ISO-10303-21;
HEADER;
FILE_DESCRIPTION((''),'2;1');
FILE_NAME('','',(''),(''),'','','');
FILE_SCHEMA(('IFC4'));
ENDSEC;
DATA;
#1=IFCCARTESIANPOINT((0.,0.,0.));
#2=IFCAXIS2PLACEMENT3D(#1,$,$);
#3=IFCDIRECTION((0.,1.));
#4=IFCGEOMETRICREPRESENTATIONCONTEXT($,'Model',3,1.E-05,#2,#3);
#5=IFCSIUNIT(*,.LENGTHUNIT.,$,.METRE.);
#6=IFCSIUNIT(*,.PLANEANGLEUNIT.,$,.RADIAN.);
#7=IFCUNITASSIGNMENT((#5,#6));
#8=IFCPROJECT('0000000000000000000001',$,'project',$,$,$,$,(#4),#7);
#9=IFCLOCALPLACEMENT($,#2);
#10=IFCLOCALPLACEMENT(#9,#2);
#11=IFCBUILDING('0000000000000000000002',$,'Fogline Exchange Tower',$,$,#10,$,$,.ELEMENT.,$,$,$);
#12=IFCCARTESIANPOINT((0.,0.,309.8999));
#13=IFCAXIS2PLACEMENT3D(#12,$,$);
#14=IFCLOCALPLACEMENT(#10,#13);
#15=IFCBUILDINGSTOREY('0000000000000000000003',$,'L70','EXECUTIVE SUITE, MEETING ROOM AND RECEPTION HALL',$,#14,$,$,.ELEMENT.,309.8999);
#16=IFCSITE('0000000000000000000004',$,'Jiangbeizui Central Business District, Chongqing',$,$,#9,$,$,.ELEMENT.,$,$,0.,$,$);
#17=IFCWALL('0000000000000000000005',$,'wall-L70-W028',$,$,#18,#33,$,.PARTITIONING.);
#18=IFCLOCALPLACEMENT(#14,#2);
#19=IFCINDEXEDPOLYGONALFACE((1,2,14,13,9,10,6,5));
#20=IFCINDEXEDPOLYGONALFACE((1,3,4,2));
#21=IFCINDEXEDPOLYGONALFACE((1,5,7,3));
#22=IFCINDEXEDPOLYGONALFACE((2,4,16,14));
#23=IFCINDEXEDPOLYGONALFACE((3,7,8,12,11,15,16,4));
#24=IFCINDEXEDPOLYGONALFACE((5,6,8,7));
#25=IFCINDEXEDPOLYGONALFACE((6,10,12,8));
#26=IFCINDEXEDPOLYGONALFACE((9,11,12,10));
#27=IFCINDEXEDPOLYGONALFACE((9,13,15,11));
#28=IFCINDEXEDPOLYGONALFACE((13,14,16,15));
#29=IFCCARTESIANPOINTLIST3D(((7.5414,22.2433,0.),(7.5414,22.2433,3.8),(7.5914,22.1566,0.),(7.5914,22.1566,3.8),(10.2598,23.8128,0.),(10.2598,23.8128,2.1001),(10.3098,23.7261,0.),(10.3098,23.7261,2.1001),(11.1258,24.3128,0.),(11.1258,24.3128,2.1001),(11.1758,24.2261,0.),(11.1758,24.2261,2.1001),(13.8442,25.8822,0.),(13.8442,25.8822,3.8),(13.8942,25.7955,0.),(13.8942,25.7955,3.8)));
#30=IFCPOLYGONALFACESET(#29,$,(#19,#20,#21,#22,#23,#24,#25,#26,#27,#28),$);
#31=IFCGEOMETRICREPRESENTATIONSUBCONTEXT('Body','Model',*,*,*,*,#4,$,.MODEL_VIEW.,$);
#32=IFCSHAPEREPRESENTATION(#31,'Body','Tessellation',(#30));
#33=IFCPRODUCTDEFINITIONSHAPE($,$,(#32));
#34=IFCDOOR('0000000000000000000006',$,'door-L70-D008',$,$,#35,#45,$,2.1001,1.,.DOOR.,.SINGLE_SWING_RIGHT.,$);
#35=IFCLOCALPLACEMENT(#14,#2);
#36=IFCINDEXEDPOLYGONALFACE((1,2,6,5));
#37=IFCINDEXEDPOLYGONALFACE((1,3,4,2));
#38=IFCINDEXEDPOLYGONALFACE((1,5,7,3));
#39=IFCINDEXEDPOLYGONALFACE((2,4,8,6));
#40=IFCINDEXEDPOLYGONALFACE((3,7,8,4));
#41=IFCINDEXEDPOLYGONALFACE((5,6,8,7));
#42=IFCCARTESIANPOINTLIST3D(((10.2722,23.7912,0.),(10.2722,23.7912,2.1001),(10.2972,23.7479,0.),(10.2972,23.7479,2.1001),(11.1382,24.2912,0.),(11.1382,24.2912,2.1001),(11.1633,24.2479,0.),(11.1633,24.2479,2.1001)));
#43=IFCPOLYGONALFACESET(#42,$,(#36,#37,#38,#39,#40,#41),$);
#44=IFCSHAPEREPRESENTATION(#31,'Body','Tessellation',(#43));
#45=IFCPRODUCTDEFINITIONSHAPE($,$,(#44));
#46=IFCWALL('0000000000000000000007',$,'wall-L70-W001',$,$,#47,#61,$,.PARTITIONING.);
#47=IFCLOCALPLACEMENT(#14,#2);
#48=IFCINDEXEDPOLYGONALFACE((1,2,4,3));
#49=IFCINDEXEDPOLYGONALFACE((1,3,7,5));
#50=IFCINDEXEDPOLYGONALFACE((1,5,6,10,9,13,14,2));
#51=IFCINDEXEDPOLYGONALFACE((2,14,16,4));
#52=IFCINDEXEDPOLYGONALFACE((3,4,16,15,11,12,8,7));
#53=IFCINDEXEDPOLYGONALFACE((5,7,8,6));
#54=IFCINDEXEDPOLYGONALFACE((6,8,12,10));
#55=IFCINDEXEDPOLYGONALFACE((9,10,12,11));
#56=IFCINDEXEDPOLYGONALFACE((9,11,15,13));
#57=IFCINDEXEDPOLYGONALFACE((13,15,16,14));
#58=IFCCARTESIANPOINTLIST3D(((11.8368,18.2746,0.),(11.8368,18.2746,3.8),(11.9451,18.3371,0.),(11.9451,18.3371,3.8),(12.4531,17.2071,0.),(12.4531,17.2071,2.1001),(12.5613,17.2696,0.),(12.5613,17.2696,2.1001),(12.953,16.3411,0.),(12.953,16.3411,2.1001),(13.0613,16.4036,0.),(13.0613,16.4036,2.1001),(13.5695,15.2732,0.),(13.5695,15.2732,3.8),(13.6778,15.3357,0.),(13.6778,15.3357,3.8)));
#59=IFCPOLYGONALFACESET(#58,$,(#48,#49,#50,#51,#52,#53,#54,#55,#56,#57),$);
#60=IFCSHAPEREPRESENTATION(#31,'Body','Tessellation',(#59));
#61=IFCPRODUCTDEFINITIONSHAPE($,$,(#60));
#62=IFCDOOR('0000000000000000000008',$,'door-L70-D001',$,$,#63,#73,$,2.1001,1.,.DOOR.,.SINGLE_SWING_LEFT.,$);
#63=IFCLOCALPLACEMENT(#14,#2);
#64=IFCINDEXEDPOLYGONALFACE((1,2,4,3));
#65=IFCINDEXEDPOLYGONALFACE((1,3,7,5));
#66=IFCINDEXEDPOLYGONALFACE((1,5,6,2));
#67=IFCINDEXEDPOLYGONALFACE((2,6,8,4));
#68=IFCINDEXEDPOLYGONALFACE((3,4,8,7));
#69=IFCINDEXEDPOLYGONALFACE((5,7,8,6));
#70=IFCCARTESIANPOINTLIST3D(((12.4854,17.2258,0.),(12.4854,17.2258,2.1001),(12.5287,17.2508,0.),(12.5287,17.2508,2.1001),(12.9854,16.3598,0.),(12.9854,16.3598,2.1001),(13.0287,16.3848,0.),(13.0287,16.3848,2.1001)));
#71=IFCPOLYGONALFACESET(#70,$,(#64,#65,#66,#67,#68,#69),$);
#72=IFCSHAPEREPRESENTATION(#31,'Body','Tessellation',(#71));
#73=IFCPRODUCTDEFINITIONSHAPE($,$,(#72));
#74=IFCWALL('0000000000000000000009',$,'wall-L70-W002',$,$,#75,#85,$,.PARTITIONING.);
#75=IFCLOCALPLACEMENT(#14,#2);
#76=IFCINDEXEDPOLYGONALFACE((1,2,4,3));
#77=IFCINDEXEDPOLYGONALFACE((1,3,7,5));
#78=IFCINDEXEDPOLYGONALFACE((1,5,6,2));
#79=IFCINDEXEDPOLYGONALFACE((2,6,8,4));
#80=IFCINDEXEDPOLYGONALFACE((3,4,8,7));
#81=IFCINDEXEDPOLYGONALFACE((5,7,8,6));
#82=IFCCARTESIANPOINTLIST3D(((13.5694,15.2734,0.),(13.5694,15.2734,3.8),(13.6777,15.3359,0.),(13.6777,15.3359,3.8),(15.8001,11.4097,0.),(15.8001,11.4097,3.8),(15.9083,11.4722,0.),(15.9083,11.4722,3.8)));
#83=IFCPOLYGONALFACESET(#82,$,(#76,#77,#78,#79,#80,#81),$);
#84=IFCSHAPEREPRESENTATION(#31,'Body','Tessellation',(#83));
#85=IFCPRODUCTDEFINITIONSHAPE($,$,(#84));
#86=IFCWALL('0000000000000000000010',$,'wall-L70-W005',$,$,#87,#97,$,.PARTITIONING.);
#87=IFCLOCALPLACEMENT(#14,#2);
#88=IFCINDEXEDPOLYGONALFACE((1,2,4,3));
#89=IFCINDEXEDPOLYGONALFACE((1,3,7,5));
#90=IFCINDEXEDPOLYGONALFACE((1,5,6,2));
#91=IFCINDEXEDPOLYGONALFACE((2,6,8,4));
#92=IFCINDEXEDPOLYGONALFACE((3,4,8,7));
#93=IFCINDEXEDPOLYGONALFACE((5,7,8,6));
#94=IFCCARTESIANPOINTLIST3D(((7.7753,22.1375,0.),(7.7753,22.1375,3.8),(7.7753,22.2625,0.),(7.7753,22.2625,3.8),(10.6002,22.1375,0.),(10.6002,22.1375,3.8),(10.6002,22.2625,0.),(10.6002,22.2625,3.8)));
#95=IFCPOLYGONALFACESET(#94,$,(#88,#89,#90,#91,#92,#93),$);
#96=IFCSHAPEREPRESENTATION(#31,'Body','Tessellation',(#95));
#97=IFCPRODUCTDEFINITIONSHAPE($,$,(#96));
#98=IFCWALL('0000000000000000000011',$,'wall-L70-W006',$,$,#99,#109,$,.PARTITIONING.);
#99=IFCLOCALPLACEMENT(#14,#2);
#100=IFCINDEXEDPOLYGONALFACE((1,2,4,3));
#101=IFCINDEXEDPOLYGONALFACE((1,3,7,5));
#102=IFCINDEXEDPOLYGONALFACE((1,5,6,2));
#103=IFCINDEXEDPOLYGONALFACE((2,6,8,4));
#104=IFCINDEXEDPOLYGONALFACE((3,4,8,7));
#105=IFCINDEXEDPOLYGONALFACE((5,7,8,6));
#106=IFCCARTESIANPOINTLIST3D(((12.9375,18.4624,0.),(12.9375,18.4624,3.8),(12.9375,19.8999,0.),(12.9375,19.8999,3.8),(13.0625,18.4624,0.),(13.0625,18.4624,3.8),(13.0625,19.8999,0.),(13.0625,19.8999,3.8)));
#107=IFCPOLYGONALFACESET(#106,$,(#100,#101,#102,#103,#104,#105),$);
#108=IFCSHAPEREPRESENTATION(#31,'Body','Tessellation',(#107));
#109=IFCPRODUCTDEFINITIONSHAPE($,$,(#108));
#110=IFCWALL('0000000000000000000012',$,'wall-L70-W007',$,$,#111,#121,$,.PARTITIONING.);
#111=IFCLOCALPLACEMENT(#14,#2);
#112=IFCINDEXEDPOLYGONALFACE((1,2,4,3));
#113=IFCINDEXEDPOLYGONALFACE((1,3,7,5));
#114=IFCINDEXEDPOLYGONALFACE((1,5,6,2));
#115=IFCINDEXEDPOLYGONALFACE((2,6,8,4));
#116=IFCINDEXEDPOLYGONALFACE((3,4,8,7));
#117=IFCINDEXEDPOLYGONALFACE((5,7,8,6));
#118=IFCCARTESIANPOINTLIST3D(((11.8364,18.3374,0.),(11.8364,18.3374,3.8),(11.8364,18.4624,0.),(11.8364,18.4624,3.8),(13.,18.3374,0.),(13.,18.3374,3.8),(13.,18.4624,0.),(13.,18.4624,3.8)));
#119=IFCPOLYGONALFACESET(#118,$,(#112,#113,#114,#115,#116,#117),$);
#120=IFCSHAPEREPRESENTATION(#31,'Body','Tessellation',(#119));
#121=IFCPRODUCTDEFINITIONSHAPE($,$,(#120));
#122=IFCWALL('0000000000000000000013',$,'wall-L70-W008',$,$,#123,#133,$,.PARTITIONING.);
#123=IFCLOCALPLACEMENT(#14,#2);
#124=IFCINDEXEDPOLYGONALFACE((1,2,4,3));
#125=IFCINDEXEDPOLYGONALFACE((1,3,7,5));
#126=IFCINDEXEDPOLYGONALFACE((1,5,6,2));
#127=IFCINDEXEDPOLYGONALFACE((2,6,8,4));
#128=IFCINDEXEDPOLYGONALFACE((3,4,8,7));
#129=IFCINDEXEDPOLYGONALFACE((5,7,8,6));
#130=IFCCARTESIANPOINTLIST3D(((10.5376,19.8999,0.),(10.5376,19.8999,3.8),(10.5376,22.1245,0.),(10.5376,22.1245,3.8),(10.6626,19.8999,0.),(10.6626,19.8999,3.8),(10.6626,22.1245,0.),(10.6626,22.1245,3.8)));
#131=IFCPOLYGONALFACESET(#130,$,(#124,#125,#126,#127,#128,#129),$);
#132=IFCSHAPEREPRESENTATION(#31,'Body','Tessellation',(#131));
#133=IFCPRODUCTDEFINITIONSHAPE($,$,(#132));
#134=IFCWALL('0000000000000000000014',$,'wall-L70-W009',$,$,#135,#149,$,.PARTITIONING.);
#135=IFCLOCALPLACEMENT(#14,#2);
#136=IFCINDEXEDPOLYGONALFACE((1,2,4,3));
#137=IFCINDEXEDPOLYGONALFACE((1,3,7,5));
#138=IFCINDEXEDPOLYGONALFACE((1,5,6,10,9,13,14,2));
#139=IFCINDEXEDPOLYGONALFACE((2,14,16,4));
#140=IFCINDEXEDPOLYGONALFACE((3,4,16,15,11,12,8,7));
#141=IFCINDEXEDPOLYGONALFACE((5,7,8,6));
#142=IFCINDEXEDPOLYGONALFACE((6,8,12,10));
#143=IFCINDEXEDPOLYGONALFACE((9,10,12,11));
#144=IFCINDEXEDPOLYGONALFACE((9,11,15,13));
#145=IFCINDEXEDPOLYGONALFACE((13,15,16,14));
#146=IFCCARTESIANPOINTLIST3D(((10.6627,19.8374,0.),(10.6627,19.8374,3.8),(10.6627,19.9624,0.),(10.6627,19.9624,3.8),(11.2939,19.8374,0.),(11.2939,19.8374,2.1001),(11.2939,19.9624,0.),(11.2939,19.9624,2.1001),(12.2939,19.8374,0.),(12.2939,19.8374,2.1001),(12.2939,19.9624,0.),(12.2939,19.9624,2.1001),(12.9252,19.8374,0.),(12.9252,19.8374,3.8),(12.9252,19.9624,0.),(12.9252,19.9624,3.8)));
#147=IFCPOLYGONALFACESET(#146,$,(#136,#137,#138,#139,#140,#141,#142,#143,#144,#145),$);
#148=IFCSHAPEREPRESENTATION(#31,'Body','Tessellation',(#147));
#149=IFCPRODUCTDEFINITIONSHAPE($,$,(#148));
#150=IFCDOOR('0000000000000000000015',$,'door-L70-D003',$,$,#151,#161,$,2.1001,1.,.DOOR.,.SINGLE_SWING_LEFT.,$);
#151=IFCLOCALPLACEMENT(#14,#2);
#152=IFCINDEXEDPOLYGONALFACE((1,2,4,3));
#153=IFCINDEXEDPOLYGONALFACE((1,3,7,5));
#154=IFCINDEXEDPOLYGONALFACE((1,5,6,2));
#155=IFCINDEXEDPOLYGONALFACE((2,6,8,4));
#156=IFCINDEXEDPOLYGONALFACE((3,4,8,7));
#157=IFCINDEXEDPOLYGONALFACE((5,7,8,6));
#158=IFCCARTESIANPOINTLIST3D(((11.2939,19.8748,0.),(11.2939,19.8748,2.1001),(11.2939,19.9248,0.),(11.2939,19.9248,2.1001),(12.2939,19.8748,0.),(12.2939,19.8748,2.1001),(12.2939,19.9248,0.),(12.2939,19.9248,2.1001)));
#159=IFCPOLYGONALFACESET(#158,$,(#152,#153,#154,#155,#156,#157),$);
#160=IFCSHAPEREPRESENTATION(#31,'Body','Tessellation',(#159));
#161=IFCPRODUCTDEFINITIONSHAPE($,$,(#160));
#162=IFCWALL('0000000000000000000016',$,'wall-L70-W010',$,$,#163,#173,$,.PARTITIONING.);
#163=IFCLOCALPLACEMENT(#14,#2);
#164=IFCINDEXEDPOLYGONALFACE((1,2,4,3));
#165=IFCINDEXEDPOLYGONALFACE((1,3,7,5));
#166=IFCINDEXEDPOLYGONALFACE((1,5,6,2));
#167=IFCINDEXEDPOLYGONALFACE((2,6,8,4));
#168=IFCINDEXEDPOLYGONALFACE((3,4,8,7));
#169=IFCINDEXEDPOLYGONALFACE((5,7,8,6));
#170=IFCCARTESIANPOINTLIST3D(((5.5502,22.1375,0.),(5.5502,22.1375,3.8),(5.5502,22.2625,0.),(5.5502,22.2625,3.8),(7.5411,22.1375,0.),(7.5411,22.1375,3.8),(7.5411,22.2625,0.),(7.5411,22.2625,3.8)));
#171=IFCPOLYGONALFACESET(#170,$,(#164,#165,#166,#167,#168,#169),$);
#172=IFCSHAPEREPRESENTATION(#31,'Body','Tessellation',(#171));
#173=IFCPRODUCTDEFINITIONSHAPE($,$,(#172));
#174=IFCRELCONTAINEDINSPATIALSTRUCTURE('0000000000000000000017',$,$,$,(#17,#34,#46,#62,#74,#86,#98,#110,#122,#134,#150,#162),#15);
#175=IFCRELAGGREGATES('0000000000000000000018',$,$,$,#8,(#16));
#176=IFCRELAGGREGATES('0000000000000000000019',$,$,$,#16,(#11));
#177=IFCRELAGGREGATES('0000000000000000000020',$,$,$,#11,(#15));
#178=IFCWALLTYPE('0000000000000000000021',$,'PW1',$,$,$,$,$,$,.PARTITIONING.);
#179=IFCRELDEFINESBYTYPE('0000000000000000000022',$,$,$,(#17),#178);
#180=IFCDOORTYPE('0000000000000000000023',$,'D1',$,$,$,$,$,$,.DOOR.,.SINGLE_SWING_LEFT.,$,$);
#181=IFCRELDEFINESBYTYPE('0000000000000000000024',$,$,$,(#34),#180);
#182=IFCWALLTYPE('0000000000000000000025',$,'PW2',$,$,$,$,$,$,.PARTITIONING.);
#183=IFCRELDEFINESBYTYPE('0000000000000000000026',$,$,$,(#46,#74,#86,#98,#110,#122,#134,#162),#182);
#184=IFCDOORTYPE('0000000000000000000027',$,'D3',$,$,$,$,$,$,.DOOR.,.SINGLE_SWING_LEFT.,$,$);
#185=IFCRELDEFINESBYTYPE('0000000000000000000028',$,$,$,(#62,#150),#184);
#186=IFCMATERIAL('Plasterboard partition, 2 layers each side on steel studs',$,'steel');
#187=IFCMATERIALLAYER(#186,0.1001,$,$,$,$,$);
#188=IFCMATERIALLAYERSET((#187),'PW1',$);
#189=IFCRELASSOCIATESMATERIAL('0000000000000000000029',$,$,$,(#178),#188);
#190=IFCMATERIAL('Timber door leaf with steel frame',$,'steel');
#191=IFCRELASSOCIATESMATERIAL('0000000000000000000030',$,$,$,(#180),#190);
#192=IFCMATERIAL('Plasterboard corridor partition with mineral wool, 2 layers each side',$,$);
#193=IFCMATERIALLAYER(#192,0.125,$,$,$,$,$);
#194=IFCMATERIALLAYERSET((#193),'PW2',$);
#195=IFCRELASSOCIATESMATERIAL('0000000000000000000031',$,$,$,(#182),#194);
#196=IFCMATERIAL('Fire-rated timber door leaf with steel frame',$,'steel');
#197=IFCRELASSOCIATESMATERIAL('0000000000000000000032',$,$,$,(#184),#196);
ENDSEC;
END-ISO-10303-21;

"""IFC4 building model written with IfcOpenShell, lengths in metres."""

from ifc_helpers import new_model, si_unit, direction, frame, frame_2d, origin, place, context, subcontext, project, spatial, rectangle, extrude, material, layer, layer_set, type_object, element, fill, save


model = new_model("IFC4")

# Units and contexts
model_context = context("Model", 3, precision=1e-05, world=origin(), true_north=direction((0.0, 1.0)))
body_context = subcontext(model_context, "Body", "Model", "MODEL_VIEW")
ifc_project = project(units=[si_unit("LENGTHUNIT", "METRE"), si_unit("PLANEANGLEUNIT", "RADIAN")], contexts=[model_context])

# Site, building, storey
site_placement = place(None, origin())
site = spatial("IfcSite", under=ifc_project, at=site_placement, Name="Jiangbeizui Central Business District, Chongqing", CompositionType="ELEMENT", RefElevation=0.0)
building_placement = place(site_placement, origin())
building = spatial("IfcBuilding", under=site, at=building_placement, Name="Fogline Exchange Tower", CompositionType="ELEMENT")
storey_placement = place(building_placement, frame((0.0, 0.0, 309.8999)))
storey = spatial("IfcBuildingStorey", under=building, at=storey_placement, Name="L70", Description="EXECUTIVE SUITE, MEETING ROOM AND RECEPTION HALL", CompositionType="ELEMENT", Elevation=309.8999)

# Walls, openings, doors
ifc_material_1 = material(Name="Plasterboard partition, 2 layers each side on steel studs", Category="steel")
ifc_layer_1 = layer(ifc_material_1, 0.1001)
ifc_layer_set_1 = layer_set([ifc_layer_1], Name="PW1")
wall_type_1 = type_object("IfcWallType", Name="PW1", PredefinedType="PARTITIONING", material=ifc_layer_set_1)
wall_1_placement = place(storey_placement, frame((7.5664, 22.2, 0.0), z_axis=(0.0, 0.0, 1.0), x_axis=(0.866024, 0.500003, 0.0)))
wall_1 = element("IfcWall", 1, at=wall_1_placement, inside=storey, type_object=wall_type_1, Name="wall-L70-W028", PredefinedType="PARTITIONING", context=body_context, shape_type="SweptSolid", body=[
    extrude(rectangle(XDim=7.2778, YDim=0.1001, at=frame_2d((3.6389, 0.0))), origin(), (0.0, 0.0, 1.0), 3.8),
])
opening_1_placement = place(wall_1_placement, frame((3.1389, 0.0, 0.0)))
opening_1 = element("IfcOpeningElement", 2, at=opening_1_placement, cuts=wall_1, PredefinedType="OPENING", context=body_context, shape_type="SweptSolid", body=[
    extrude(rectangle(XDim=1.0, YDim=2.1001, at=frame_2d((0.5, 1.05))), frame((0.0, 0.0601, 0.0), z_axis=(0.0, -1.0, 0.0), x_axis=(1.0, 0.0, 0.0)), (0.0, 0.0, 1.0), 0.1201),
])
ifc_material_2 = material(Name="Timber door leaf with steel frame", Category="steel")
door_type_1 = type_object("IfcDoorType", Name="D1", OperationType="SINGLE_SWING_LEFT", PredefinedType="DOOR", material=ifc_material_2)
door_1_placement = place(opening_1_placement, frame((1.0, 0.0, 0.0), z_axis=(0.0, 0.0, 1.0), x_axis=(-1.0, 0.0, 0.0)))
door_1 = element("IfcDoor", 3, at=door_1_placement, inside=storey, type_object=door_type_1, Name="door-L70-D008", OperationType="SINGLE_SWING_RIGHT", OverallHeight=2.1001, OverallWidth=1.0, PredefinedType="DOOR", context=body_context, shape_type="SweptSolid", body=[
    extrude(rectangle(XDim=1.0, YDim=2.1001, at=frame_2d((0.5, 1.05))), frame((0.0, 0.0249, 0.0), z_axis=(0.0, -1.0, 0.0), x_axis=(1.0, 0.0, 0.0)), (0.0, 0.0, 1.0), 0.05),
])
fill(opening_1, door_1)
ifc_material_3 = material(Name="Plasterboard corridor partition with mineral wool, 2 layers each side")
ifc_layer_2 = layer(ifc_material_3, 0.125)
ifc_layer_set_2 = layer_set([ifc_layer_2], Name="PW2")
wall_type_2 = type_object("IfcWallType", Name="PW2", PredefinedType="PARTITIONING", material=ifc_layer_set_2)
wall_2_placement = place(storey_placement, frame((11.8909, 18.3059, 0.0), z_axis=(0.0, 0.0, 1.0), x_axis=(0.499981, -0.866037, 0.0)))
wall_2 = element("IfcWall", 4, at=wall_2_placement, inside=storey, type_object=wall_type_2, Name="wall-L70-W001", PredefinedType="PARTITIONING", context=body_context, shape_type="SweptSolid", body=[
    extrude(rectangle(XDim=3.4656, YDim=0.125, at=frame_2d((1.7329, 0.0))), origin(), (0.0, 0.0, 1.0), 3.8),
])
opening_2_placement = place(wall_2_placement, frame((1.2327, 0.0, 0.0)))
opening_2 = element("IfcOpeningElement", 5, at=opening_2_placement, cuts=wall_2, PredefinedType="OPENING", context=body_context, shape_type="SweptSolid", body=[
    extrude(rectangle(XDim=1.0, YDim=2.1001, at=frame_2d((0.5, 1.05))), frame((0.0, 0.0725, 0.0), z_axis=(0.0, -1.0, 0.0), x_axis=(1.0, 0.0, 0.0)), (0.0, 0.0, 1.0), 0.145),
])
ifc_material_4 = material(Name="Fire-rated timber door leaf with steel frame", Category="steel")
door_type_2 = type_object("IfcDoorType", Name="D3", OperationType="SINGLE_SWING_LEFT", PredefinedType="DOOR", material=ifc_material_4)
door_2_placement = place(opening_2_placement, origin())
door_2 = element("IfcDoor", 6, at=door_2_placement, inside=storey, type_object=door_type_2, Name="door-L70-D001", OperationType="SINGLE_SWING_LEFT", OverallHeight=2.1001, OverallWidth=1.0, PredefinedType="DOOR", context=body_context, shape_type="SweptSolid", body=[
    extrude(rectangle(XDim=1.0, YDim=2.1001, at=frame_2d((0.5, 1.05))), frame((0.0, 0.0249, 0.0), z_axis=(0.0, -1.0, 0.0), x_axis=(1.0, 0.0, 0.0)), (0.0, 0.0, 1.0), 0.05),
])
fill(opening_2, door_2)

# Walls
wall_3_placement = place(storey_placement, frame((13.6235, 15.3047, 0.0), z_axis=(0.0, 0.0, 1.0), x_axis=(0.499994, -0.866029, 0.0)))
element("IfcWall", 7, at=wall_3_placement, inside=storey, type_object=wall_type_2, Name="wall-L70-W002", PredefinedType="PARTITIONING", context=body_context, shape_type="SweptSolid", body=[
    extrude(rectangle(XDim=4.4614, YDim=0.125, at=frame_2d((2.2307, 0.0))), origin(), (0.0, 0.0, 1.0), 3.8),
])
wall_4_placement = place(storey_placement, frame((7.7751, 22.2, 0.0), z_axis=(0.0, 0.0, 1.0), x_axis=(1.0, 0.0, 0.0)))
element("IfcWall", 8, at=wall_4_placement, inside=storey, type_object=wall_type_2, Name="wall-L70-W005", PredefinedType="PARTITIONING", context=body_context, shape_type="SweptSolid", body=[
    extrude(rectangle(XDim=2.825, YDim=0.125, at=frame_2d((1.4126, 0.0))), origin(), (0.0, 0.0, 1.0), 3.8),
])
wall_5_placement = place(storey_placement, frame((13.0, 19.8999, 0.0), z_axis=(0.0, 0.0, 1.0), x_axis=(0.0, -1.0, 0.0)))
element("IfcWall", 9, at=wall_5_placement, inside=storey, type_object=wall_type_2, Name="wall-L70-W006", PredefinedType="PARTITIONING", context=body_context, shape_type="SweptSolid", body=[
    extrude(rectangle(XDim=1.4375, YDim=0.125, at=frame_2d((0.7188, 0.0))), origin(), (0.0, 0.0, 1.0), 3.8),
])
wall_6_placement = place(storey_placement, frame((13.0, 18.3999, 0.0), z_axis=(0.0, 0.0, 1.0), x_axis=(-1.0, 0.0, 0.0)))
element("IfcWall", 10, at=wall_6_placement, inside=storey, type_object=wall_type_2, Name="wall-L70-W007", PredefinedType="PARTITIONING", context=body_context, shape_type="SweptSolid", body=[
    extrude(rectangle(XDim=1.1636, YDim=0.125, at=frame_2d((0.5818, 0.0))), origin(), (0.0, 0.0, 1.0), 3.8),
])
wall_7_placement = place(storey_placement, frame((10.6001, 22.1245, 0.0), z_axis=(0.0, 0.0, 1.0), x_axis=(0.0, -1.0, 0.0)))
element("IfcWall", 11, at=wall_7_placement, inside=storey, type_object=wall_type_2, Name="wall-L70-W008", PredefinedType="PARTITIONING", context=body_context, shape_type="SweptSolid", body=[
    extrude(rectangle(XDim=2.2246, YDim=0.125, at=frame_2d((1.1123, 0.0))), origin(), (0.0, 0.0, 1.0), 3.8),
])

# Wall, opening, door
wall_8_placement = place(storey_placement, frame((10.6626, 19.8999, 0.0), z_axis=(0.0, 0.0, 1.0), x_axis=(1.0, 0.0, 0.0)))
wall_8 = element("IfcWall", 12, at=wall_8_placement, inside=storey, type_object=wall_type_2, Name="wall-L70-W009", PredefinedType="PARTITIONING", context=body_context, shape_type="SweptSolid", body=[
    extrude(rectangle(XDim=2.2625, YDim=0.125, at=frame_2d((1.1313, 0.0))), origin(), (0.0, 0.0, 1.0), 3.8),
])
opening_3_placement = place(wall_8_placement, frame((0.6313, 0.0, 0.0)))
opening_3 = element("IfcOpeningElement", 13, at=opening_3_placement, cuts=wall_8, PredefinedType="OPENING", context=body_context, shape_type="SweptSolid", body=[
    extrude(rectangle(XDim=1.0, YDim=2.1001, at=frame_2d((0.5, 1.05))), frame((0.0, 0.0725, 0.0), z_axis=(0.0, -1.0, 0.0), x_axis=(1.0, 0.0, 0.0)), (0.0, 0.0, 1.0), 0.145),
])
door_3_placement = place(opening_3_placement, origin())
door_3 = element("IfcDoor", 14, at=door_3_placement, inside=storey, type_object=door_type_2, Name="door-L70-D003", OperationType="SINGLE_SWING_LEFT", OverallHeight=2.1001, OverallWidth=1.0, PredefinedType="DOOR", context=body_context, shape_type="SweptSolid", body=[
    extrude(rectangle(XDim=1.0, YDim=2.1001, at=frame_2d((0.5, 1.05))), frame((0.0, 0.0249, 0.0), z_axis=(0.0, -1.0, 0.0), x_axis=(1.0, 0.0, 0.0)), (0.0, 0.0, 1.0), 0.05),
])
fill(opening_3, door_3)

# Wall
wall_9_placement = place(storey_placement, frame((5.55, 22.2, 0.0), z_axis=(0.0, 0.0, 1.0), x_axis=(1.0, 0.0, 0.0)))
element("IfcWall", 15, at=wall_9_placement, inside=storey, type_object=wall_type_2, Name="wall-L70-W010", PredefinedType="PARTITIONING", context=body_context, shape_type="SweptSolid", body=[
    extrude(rectangle(XDim=1.991, YDim=0.125, at=frame_2d((0.9956, 0.0))), origin(), (0.0, 0.0, 1.0), 3.8),
])

save(model, "model.ifc")
